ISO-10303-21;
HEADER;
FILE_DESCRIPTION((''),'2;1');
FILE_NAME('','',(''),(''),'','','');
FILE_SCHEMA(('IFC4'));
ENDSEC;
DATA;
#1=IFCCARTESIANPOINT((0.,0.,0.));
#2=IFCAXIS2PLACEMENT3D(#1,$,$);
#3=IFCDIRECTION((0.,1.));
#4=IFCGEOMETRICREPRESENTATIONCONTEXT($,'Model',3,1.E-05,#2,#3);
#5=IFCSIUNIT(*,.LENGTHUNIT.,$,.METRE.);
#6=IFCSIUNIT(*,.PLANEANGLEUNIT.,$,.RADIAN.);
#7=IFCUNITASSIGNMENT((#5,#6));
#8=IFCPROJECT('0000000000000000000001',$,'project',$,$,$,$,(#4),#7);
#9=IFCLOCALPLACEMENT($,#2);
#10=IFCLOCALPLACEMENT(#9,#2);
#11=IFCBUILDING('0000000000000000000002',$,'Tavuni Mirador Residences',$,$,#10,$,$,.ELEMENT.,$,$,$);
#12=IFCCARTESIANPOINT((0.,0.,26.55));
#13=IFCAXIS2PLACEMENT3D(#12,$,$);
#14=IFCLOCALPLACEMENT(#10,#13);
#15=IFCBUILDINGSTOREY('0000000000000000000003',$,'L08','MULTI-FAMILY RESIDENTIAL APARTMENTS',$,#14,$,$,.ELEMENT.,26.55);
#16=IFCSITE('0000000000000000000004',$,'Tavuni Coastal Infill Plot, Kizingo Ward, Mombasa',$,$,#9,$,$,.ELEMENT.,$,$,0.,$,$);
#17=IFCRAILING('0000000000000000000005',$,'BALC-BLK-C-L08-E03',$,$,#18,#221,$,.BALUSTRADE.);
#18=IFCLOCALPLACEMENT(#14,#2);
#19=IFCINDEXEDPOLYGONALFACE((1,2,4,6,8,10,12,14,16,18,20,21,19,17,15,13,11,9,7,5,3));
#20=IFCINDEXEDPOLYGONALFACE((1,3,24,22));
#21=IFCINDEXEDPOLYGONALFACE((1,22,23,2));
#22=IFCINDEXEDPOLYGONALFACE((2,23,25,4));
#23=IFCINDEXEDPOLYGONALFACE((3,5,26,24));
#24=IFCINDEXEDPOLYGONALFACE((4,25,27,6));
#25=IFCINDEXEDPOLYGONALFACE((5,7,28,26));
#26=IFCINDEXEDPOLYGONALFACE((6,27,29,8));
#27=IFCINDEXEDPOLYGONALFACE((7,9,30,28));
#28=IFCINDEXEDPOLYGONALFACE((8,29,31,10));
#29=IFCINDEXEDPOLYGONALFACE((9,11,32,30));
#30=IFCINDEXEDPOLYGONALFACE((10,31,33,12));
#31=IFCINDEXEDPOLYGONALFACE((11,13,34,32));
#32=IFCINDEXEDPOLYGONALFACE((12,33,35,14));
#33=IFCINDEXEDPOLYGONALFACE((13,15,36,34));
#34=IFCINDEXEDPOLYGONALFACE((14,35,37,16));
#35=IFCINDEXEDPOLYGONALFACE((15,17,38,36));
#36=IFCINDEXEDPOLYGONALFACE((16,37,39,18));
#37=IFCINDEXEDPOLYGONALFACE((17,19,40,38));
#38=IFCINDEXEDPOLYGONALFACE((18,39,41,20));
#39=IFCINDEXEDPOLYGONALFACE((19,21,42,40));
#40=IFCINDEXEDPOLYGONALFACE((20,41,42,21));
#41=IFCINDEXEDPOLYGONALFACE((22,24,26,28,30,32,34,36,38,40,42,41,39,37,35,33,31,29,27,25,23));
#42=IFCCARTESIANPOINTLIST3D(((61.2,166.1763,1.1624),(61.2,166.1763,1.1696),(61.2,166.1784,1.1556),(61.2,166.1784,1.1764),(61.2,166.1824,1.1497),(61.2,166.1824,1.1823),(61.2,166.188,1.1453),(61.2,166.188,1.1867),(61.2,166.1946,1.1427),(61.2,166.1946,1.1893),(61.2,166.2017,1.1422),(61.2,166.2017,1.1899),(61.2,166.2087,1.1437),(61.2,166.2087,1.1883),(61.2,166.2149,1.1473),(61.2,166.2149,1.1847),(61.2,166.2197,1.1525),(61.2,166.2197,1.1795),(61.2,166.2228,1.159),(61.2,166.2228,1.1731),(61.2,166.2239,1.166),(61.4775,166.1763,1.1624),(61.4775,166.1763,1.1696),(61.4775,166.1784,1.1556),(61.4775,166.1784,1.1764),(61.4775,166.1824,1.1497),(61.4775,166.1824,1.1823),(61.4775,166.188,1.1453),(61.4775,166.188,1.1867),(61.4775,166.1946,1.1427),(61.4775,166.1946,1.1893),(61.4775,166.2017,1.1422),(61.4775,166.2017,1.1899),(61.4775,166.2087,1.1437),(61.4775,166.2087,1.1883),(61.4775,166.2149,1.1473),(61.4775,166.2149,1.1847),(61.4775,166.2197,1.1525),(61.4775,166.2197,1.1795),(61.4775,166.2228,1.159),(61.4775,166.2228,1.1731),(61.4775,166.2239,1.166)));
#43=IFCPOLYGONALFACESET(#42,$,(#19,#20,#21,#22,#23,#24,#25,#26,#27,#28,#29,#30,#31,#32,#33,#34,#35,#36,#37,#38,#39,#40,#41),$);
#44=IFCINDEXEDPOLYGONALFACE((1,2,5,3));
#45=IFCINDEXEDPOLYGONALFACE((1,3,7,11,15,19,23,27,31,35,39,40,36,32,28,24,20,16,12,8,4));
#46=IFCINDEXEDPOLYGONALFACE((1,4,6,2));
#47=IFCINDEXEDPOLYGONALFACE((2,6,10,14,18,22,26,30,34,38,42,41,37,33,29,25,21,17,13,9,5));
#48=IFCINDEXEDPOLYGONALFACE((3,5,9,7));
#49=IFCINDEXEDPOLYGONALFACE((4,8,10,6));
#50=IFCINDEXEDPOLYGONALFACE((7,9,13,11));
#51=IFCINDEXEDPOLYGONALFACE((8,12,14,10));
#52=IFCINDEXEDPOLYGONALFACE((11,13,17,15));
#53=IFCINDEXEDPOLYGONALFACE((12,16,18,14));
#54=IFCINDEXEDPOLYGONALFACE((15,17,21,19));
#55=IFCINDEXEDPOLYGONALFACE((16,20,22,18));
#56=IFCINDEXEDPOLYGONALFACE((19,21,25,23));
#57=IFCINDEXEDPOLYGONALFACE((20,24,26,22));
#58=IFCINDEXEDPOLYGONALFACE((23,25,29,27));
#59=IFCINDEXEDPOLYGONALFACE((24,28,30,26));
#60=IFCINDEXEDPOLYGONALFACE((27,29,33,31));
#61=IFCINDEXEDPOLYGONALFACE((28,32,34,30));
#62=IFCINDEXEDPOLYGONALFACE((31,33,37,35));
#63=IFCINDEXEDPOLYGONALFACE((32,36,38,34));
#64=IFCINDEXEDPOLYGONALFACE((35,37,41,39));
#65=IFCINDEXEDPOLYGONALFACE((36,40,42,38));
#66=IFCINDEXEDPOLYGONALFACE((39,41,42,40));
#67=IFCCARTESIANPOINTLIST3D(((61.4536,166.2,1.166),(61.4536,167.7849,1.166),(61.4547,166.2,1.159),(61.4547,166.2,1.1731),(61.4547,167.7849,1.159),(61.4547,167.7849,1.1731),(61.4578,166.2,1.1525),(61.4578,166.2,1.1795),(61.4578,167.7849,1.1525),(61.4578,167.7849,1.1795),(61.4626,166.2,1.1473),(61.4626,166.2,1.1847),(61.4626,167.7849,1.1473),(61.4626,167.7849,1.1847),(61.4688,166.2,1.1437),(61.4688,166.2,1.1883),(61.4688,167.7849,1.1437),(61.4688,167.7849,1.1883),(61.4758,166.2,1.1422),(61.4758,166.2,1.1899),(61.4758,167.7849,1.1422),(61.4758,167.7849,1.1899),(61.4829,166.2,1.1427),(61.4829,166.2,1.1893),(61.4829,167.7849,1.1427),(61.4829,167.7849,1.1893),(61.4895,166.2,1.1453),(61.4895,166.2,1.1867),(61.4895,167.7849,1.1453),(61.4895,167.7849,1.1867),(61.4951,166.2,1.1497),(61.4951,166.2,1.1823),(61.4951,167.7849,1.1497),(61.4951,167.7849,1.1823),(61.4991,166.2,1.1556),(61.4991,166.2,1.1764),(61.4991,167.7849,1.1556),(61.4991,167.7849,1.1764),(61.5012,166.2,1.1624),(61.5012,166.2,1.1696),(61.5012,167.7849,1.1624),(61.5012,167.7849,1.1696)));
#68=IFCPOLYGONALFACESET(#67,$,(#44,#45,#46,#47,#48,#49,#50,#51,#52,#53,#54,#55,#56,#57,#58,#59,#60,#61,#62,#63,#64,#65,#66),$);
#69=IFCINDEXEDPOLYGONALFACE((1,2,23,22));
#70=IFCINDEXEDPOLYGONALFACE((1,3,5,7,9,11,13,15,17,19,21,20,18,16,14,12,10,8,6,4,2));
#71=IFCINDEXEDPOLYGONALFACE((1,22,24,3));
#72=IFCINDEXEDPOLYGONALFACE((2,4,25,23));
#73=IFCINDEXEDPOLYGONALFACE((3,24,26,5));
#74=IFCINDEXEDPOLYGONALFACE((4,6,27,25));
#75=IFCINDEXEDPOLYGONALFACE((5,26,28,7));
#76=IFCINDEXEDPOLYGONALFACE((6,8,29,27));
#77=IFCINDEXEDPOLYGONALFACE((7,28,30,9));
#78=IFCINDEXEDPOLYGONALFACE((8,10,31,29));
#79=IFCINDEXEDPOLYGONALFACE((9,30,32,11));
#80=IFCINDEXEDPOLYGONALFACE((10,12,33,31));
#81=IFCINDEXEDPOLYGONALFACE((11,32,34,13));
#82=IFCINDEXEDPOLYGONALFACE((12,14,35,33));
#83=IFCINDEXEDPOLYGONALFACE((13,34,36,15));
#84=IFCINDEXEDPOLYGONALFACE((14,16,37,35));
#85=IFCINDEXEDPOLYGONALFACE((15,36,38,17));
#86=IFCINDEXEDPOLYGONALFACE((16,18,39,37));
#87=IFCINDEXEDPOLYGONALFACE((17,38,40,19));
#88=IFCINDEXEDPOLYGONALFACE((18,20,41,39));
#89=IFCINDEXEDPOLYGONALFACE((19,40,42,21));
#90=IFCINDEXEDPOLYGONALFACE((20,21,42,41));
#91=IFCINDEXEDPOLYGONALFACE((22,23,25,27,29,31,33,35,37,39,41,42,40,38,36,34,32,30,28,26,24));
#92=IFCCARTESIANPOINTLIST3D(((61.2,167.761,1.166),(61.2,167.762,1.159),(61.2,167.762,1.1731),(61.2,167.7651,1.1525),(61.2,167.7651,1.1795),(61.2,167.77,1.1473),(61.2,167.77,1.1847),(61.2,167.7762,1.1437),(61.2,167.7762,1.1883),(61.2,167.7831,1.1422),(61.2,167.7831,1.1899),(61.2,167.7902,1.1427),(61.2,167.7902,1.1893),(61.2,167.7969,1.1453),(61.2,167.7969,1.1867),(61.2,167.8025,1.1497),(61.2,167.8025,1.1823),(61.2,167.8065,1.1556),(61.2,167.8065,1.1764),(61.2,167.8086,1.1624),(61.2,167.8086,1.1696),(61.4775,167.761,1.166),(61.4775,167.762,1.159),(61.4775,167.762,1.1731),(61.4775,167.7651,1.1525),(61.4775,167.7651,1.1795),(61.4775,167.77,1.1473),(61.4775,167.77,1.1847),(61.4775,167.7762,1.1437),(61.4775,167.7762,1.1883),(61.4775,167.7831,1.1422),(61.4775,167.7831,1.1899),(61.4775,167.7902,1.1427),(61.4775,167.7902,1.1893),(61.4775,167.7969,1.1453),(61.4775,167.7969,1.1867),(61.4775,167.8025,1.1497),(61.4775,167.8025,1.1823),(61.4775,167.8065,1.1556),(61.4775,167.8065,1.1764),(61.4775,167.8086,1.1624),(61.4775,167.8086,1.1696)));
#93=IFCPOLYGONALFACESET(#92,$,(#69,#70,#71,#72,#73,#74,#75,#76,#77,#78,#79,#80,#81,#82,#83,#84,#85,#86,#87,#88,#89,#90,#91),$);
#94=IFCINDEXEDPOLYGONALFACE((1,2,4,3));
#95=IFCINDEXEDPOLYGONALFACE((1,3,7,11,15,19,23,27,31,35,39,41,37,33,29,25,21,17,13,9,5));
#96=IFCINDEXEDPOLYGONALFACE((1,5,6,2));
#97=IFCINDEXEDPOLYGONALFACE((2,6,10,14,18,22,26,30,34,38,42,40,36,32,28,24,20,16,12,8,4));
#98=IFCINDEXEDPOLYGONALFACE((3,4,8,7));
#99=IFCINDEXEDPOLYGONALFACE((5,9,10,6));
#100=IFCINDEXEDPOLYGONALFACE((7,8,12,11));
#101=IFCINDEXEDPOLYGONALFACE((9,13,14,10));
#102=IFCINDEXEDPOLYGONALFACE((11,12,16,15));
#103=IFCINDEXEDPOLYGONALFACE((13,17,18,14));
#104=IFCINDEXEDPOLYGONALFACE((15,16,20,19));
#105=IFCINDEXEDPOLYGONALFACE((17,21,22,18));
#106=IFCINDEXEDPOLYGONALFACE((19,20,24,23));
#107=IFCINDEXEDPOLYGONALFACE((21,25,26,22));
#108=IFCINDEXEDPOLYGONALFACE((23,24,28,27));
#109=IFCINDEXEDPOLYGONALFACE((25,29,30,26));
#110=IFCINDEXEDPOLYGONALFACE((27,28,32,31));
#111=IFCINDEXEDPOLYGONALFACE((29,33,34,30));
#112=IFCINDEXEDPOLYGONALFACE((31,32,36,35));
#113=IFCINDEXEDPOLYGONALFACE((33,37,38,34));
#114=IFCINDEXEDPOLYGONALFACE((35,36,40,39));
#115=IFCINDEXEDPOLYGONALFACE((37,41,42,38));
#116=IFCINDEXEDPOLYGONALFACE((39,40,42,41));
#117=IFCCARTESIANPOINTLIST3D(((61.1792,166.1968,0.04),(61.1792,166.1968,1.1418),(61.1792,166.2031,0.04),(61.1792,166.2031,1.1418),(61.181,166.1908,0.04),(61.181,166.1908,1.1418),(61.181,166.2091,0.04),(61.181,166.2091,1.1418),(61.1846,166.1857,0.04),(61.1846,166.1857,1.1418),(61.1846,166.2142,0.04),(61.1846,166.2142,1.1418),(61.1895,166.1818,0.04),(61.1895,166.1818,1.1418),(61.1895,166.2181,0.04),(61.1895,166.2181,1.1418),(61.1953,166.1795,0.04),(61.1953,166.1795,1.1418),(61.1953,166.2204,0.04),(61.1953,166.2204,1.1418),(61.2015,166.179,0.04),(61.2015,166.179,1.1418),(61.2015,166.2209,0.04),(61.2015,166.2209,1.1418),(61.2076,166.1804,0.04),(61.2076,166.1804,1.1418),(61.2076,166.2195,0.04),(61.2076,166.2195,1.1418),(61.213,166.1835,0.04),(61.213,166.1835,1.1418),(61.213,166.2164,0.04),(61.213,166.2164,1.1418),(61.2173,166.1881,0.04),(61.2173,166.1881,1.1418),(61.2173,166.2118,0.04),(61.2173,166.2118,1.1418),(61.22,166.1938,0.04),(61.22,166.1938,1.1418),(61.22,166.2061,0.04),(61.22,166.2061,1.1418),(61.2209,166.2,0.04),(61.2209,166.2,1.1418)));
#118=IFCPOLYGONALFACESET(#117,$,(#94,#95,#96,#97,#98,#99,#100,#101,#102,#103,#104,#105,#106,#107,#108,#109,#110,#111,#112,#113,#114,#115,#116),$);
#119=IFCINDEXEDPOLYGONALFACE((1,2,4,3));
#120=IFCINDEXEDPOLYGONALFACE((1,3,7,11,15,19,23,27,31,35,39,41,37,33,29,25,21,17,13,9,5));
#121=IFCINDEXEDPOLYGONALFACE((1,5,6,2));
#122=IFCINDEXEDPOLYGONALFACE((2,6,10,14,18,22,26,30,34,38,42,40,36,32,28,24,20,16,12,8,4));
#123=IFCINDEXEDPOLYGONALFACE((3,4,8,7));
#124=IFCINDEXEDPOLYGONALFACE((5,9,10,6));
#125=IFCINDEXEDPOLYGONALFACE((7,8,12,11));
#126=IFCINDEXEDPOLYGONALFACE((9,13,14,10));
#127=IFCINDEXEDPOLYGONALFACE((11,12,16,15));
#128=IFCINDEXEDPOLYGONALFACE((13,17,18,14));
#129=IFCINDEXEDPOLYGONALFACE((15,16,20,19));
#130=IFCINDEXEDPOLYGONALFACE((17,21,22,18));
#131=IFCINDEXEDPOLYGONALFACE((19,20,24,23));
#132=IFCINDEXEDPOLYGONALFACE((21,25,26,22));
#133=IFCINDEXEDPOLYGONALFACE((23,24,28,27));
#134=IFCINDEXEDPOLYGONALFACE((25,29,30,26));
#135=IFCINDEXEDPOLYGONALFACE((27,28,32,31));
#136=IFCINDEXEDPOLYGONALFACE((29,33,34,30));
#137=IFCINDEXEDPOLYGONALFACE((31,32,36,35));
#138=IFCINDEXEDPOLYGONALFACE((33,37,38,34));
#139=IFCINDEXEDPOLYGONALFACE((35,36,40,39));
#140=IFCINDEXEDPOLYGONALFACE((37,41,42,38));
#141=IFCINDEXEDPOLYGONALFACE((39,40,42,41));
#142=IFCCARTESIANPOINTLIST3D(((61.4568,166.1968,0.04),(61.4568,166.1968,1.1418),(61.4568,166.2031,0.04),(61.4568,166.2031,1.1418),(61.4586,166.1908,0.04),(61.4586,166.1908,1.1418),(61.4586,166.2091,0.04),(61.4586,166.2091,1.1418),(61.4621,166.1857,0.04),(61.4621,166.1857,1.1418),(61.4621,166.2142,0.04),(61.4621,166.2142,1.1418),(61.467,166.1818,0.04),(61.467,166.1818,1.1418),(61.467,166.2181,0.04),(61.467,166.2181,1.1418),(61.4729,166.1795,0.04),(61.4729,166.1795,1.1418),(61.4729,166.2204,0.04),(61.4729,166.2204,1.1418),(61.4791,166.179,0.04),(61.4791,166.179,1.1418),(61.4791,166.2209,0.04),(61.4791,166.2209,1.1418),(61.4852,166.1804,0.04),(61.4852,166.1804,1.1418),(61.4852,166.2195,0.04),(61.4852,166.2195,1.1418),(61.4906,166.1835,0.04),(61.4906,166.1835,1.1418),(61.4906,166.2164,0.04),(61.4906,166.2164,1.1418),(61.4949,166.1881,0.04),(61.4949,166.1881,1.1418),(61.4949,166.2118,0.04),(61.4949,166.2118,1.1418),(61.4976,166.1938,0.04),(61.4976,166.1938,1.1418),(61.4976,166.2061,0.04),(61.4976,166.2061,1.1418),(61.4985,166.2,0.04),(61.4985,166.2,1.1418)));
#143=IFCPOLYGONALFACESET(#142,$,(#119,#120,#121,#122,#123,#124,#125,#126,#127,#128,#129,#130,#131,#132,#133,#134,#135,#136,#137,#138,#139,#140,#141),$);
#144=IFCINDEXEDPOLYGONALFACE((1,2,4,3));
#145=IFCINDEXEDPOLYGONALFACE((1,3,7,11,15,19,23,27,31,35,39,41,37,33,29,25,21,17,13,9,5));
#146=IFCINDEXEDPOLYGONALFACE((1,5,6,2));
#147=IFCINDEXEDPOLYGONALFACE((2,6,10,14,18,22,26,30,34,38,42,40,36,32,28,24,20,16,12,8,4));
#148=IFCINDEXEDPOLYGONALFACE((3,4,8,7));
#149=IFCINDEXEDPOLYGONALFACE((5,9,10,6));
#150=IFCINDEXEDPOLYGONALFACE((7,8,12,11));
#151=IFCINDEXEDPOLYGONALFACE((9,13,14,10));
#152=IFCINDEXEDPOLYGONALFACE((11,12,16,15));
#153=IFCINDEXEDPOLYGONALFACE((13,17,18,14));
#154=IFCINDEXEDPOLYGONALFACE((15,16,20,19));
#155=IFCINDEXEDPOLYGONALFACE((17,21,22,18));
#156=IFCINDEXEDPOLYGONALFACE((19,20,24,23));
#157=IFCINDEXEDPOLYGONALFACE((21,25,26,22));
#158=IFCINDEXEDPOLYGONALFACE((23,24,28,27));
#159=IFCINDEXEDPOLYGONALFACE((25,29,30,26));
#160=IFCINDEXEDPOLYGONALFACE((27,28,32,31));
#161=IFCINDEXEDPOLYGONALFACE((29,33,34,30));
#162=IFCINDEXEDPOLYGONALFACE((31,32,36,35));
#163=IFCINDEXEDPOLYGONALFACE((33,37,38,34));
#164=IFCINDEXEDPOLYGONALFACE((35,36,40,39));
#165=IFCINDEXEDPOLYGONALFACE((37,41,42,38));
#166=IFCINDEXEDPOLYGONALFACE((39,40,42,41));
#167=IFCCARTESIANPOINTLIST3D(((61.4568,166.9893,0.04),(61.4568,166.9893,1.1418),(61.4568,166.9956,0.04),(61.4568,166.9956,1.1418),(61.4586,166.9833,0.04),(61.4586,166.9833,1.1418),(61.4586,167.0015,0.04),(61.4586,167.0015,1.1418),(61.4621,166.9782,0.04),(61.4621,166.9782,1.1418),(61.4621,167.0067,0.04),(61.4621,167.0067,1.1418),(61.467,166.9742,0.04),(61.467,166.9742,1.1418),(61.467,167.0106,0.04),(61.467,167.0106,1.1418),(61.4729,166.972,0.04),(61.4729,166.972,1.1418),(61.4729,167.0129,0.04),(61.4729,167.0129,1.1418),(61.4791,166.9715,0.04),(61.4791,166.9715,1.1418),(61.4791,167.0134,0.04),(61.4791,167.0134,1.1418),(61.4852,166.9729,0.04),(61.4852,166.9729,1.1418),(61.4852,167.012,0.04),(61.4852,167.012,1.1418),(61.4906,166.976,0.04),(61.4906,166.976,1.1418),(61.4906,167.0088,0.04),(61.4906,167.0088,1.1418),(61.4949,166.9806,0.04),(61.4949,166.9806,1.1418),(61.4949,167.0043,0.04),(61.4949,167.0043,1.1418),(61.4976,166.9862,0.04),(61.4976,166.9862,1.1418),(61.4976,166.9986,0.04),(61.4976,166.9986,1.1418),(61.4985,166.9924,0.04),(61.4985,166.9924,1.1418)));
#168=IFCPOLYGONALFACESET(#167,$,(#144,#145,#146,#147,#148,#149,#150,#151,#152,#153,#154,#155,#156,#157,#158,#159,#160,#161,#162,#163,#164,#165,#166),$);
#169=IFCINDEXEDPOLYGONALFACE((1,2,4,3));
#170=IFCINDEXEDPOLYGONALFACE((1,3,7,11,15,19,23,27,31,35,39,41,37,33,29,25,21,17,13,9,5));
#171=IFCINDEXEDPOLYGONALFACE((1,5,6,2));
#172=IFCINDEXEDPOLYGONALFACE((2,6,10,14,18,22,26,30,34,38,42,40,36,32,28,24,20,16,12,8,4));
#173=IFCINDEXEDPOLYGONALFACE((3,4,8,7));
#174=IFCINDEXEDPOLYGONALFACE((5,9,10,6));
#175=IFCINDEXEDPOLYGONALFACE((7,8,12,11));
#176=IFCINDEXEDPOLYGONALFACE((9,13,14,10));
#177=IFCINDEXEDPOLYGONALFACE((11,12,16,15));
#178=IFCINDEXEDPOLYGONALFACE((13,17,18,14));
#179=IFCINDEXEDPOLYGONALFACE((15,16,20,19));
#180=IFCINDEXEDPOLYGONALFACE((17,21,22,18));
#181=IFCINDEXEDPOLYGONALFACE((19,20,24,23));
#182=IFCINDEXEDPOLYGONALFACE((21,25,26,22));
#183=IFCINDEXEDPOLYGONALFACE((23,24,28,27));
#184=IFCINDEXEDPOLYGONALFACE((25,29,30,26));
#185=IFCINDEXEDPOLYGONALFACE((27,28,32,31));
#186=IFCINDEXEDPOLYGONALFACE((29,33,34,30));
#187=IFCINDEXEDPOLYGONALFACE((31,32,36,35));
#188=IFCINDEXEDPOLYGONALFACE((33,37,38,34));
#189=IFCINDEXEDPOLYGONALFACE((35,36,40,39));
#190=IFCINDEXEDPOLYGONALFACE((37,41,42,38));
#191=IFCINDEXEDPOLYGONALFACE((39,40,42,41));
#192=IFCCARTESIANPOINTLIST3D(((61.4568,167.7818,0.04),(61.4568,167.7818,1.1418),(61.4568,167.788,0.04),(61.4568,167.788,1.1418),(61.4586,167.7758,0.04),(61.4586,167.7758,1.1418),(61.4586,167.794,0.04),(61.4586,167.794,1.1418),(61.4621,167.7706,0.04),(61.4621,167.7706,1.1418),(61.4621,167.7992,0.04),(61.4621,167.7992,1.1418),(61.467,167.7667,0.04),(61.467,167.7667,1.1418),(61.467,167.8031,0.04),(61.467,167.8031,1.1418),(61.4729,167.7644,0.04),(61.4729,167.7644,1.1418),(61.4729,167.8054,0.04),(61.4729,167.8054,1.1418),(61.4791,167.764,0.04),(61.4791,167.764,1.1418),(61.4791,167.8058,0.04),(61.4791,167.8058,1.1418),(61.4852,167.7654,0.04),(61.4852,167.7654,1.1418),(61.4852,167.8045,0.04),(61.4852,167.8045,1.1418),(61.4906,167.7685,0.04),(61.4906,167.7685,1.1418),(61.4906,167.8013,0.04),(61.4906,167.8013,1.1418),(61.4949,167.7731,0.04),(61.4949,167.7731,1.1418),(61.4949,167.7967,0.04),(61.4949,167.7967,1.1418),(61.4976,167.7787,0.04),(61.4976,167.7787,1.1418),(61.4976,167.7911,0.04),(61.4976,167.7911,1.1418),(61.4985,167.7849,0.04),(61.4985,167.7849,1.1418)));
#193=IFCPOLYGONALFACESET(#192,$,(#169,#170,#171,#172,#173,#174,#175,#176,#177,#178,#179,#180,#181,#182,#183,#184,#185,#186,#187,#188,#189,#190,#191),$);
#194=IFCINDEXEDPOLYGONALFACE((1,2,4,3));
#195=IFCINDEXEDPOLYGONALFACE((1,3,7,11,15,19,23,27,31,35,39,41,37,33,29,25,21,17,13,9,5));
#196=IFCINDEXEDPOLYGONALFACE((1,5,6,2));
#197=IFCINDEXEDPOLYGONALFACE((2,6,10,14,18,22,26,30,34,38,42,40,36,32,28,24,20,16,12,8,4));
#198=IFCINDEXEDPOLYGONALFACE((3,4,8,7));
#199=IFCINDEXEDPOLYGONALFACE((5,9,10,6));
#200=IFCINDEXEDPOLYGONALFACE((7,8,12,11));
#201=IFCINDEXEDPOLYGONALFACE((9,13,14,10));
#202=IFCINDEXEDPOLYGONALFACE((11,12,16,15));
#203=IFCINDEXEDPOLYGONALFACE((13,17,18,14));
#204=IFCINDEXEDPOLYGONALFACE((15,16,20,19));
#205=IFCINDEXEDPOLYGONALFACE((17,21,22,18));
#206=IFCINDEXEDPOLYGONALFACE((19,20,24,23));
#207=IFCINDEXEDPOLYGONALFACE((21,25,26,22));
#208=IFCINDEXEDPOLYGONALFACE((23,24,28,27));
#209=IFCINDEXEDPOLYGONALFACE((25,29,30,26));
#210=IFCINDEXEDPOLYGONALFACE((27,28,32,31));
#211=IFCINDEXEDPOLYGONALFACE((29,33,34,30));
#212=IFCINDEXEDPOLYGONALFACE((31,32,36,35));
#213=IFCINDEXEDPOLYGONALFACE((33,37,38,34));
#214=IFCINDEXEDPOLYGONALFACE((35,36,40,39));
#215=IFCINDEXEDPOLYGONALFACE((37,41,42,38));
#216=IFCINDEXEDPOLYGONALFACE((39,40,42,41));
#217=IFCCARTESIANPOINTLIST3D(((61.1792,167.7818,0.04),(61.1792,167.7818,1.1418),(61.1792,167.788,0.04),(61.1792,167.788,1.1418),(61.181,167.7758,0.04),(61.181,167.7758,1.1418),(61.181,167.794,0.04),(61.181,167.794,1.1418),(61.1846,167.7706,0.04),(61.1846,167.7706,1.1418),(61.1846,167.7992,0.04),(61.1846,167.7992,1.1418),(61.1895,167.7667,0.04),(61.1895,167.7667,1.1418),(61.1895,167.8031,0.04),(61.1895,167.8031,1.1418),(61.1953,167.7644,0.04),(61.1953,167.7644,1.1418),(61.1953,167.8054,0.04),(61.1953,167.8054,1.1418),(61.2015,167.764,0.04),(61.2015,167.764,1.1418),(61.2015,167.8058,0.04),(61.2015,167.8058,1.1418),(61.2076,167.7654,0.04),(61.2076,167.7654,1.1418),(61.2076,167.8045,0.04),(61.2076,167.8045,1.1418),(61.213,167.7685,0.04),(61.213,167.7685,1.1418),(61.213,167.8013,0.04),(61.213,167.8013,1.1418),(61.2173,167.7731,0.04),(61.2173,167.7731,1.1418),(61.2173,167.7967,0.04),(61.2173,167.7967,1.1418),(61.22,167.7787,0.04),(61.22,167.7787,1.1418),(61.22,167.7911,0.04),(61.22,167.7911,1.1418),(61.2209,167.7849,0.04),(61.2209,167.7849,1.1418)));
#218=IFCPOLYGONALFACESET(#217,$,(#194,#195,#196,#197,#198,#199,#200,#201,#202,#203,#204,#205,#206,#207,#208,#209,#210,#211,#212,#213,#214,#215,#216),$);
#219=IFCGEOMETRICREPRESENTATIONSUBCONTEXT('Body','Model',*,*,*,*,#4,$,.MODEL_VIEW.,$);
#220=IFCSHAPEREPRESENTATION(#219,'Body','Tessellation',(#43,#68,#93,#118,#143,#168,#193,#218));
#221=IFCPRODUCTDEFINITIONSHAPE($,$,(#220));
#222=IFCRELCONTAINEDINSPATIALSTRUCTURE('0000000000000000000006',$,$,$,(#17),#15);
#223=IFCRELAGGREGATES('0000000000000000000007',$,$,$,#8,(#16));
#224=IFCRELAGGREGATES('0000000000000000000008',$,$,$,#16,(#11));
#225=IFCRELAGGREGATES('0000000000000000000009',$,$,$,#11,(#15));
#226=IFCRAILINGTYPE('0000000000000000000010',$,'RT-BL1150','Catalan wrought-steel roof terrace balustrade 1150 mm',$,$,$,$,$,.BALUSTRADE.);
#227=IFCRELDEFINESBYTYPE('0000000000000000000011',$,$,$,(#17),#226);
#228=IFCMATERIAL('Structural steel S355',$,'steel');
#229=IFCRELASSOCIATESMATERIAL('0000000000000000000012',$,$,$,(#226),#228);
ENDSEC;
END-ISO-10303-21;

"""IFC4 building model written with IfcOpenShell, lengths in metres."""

from ifc_helpers import new_model, si_unit, direction, frame, origin, origin_2d, place, context, subcontext, project, spatial, circle, extrude, material, type_object, element, save


model = new_model("IFC4")

# Units and contexts
model_context = context("Model", 3, precision=1e-05, world=origin(), true_north=direction((0.0, 1.0)))
body_context = subcontext(model_context, "Body", "Model", "MODEL_VIEW")
ifc_project = project(units=[si_unit("LENGTHUNIT", "METRE"), si_unit("PLANEANGLEUNIT", "RADIAN")], contexts=[model_context])

# Site, building, storey
site_placement = place(None, origin())
site = spatial("IfcSite", under=ifc_project, at=site_placement, Name="Tavuni Coastal Infill Plot, Kizingo Ward, Mombasa", CompositionType="ELEMENT", RefElevation=0.0)
building_placement = place(site_placement, origin())
building = spatial("IfcBuilding", under=site, at=building_placement, Name="Tavuni Mirador Residences", CompositionType="ELEMENT")
storey_placement = place(building_placement, frame((0.0, 0.0, 26.55)))
storey = spatial("IfcBuildingStorey", under=building, at=storey_placement, Name="L08", Description="MULTI-FAMILY RESIDENTIAL APARTMENTS", CompositionType="ELEMENT", Elevation=26.55)

# Railing
ifc_material_1 = material(Name="Structural steel S355", Category="steel")
railing_type = type_object("IfcRailingType", Name="RT-BL1150", Description="Catalan wrought-steel roof terrace balustrade 1150 mm", PredefinedType="BALUSTRADE", material=ifc_material_1)
railing_placement = place(storey_placement, frame((61.2, 166.2, 0.04)))
element("IfcRailing", 1, at=railing_placement, inside=storey, type_object=railing_type, Name="BALC-BLK-C-L08-E03", PredefinedType="BALUSTRADE", context=body_context, shape_type="SweptSolid", body=[
    extrude(circle(Radius=0.0239, at=origin_2d()), frame((0.0, 0.0, 1.126), z_axis=(1.0, 0.0, 0.0), x_axis=(0.0, 1.0, 0.0)), (0.0, 0.0, 1.0), 0.2776),
    extrude(circle(Radius=0.0239, at=origin_2d()), frame((0.2776, 0.0, 1.126), z_axis=(0.0, 1.0, 0.0), x_axis=(-1.0, 0.0, 0.0)), (0.0, 0.0, 1.0), 1.585),
    extrude(circle(Radius=0.0239, at=origin_2d()), frame((0.2776, 1.585, 1.126), z_axis=(-1.0, 0.0, 0.0), x_axis=(0.0, -1.0, 0.0)), (0.0, 0.0, 1.0), 0.2776),
    extrude(circle(Radius=0.021, at=origin_2d()), origin(), (0.0, 0.0, 1.0), 1.1018),
    extrude(circle(Radius=0.021, at=origin_2d()), frame((0.2776, 0.0, 0.0)), (0.0, 0.0, 1.0), 1.1018),
    extrude(circle(Radius=0.021, at=origin_2d()), frame((0.2776, 0.7925, 0.0)), (0.0, 0.0, 1.0), 1.1018),
    extrude(circle(Radius=0.021, at=origin_2d()), frame((0.2776, 1.585, 0.0)), (0.0, 0.0, 1.0), 1.1018),
    extrude(circle(Radius=0.021, at=origin_2d()), frame((0.0, 1.585, 0.0)), (0.0, 0.0, 1.0), 1.1018),
])

save(model, "model.ifc")
